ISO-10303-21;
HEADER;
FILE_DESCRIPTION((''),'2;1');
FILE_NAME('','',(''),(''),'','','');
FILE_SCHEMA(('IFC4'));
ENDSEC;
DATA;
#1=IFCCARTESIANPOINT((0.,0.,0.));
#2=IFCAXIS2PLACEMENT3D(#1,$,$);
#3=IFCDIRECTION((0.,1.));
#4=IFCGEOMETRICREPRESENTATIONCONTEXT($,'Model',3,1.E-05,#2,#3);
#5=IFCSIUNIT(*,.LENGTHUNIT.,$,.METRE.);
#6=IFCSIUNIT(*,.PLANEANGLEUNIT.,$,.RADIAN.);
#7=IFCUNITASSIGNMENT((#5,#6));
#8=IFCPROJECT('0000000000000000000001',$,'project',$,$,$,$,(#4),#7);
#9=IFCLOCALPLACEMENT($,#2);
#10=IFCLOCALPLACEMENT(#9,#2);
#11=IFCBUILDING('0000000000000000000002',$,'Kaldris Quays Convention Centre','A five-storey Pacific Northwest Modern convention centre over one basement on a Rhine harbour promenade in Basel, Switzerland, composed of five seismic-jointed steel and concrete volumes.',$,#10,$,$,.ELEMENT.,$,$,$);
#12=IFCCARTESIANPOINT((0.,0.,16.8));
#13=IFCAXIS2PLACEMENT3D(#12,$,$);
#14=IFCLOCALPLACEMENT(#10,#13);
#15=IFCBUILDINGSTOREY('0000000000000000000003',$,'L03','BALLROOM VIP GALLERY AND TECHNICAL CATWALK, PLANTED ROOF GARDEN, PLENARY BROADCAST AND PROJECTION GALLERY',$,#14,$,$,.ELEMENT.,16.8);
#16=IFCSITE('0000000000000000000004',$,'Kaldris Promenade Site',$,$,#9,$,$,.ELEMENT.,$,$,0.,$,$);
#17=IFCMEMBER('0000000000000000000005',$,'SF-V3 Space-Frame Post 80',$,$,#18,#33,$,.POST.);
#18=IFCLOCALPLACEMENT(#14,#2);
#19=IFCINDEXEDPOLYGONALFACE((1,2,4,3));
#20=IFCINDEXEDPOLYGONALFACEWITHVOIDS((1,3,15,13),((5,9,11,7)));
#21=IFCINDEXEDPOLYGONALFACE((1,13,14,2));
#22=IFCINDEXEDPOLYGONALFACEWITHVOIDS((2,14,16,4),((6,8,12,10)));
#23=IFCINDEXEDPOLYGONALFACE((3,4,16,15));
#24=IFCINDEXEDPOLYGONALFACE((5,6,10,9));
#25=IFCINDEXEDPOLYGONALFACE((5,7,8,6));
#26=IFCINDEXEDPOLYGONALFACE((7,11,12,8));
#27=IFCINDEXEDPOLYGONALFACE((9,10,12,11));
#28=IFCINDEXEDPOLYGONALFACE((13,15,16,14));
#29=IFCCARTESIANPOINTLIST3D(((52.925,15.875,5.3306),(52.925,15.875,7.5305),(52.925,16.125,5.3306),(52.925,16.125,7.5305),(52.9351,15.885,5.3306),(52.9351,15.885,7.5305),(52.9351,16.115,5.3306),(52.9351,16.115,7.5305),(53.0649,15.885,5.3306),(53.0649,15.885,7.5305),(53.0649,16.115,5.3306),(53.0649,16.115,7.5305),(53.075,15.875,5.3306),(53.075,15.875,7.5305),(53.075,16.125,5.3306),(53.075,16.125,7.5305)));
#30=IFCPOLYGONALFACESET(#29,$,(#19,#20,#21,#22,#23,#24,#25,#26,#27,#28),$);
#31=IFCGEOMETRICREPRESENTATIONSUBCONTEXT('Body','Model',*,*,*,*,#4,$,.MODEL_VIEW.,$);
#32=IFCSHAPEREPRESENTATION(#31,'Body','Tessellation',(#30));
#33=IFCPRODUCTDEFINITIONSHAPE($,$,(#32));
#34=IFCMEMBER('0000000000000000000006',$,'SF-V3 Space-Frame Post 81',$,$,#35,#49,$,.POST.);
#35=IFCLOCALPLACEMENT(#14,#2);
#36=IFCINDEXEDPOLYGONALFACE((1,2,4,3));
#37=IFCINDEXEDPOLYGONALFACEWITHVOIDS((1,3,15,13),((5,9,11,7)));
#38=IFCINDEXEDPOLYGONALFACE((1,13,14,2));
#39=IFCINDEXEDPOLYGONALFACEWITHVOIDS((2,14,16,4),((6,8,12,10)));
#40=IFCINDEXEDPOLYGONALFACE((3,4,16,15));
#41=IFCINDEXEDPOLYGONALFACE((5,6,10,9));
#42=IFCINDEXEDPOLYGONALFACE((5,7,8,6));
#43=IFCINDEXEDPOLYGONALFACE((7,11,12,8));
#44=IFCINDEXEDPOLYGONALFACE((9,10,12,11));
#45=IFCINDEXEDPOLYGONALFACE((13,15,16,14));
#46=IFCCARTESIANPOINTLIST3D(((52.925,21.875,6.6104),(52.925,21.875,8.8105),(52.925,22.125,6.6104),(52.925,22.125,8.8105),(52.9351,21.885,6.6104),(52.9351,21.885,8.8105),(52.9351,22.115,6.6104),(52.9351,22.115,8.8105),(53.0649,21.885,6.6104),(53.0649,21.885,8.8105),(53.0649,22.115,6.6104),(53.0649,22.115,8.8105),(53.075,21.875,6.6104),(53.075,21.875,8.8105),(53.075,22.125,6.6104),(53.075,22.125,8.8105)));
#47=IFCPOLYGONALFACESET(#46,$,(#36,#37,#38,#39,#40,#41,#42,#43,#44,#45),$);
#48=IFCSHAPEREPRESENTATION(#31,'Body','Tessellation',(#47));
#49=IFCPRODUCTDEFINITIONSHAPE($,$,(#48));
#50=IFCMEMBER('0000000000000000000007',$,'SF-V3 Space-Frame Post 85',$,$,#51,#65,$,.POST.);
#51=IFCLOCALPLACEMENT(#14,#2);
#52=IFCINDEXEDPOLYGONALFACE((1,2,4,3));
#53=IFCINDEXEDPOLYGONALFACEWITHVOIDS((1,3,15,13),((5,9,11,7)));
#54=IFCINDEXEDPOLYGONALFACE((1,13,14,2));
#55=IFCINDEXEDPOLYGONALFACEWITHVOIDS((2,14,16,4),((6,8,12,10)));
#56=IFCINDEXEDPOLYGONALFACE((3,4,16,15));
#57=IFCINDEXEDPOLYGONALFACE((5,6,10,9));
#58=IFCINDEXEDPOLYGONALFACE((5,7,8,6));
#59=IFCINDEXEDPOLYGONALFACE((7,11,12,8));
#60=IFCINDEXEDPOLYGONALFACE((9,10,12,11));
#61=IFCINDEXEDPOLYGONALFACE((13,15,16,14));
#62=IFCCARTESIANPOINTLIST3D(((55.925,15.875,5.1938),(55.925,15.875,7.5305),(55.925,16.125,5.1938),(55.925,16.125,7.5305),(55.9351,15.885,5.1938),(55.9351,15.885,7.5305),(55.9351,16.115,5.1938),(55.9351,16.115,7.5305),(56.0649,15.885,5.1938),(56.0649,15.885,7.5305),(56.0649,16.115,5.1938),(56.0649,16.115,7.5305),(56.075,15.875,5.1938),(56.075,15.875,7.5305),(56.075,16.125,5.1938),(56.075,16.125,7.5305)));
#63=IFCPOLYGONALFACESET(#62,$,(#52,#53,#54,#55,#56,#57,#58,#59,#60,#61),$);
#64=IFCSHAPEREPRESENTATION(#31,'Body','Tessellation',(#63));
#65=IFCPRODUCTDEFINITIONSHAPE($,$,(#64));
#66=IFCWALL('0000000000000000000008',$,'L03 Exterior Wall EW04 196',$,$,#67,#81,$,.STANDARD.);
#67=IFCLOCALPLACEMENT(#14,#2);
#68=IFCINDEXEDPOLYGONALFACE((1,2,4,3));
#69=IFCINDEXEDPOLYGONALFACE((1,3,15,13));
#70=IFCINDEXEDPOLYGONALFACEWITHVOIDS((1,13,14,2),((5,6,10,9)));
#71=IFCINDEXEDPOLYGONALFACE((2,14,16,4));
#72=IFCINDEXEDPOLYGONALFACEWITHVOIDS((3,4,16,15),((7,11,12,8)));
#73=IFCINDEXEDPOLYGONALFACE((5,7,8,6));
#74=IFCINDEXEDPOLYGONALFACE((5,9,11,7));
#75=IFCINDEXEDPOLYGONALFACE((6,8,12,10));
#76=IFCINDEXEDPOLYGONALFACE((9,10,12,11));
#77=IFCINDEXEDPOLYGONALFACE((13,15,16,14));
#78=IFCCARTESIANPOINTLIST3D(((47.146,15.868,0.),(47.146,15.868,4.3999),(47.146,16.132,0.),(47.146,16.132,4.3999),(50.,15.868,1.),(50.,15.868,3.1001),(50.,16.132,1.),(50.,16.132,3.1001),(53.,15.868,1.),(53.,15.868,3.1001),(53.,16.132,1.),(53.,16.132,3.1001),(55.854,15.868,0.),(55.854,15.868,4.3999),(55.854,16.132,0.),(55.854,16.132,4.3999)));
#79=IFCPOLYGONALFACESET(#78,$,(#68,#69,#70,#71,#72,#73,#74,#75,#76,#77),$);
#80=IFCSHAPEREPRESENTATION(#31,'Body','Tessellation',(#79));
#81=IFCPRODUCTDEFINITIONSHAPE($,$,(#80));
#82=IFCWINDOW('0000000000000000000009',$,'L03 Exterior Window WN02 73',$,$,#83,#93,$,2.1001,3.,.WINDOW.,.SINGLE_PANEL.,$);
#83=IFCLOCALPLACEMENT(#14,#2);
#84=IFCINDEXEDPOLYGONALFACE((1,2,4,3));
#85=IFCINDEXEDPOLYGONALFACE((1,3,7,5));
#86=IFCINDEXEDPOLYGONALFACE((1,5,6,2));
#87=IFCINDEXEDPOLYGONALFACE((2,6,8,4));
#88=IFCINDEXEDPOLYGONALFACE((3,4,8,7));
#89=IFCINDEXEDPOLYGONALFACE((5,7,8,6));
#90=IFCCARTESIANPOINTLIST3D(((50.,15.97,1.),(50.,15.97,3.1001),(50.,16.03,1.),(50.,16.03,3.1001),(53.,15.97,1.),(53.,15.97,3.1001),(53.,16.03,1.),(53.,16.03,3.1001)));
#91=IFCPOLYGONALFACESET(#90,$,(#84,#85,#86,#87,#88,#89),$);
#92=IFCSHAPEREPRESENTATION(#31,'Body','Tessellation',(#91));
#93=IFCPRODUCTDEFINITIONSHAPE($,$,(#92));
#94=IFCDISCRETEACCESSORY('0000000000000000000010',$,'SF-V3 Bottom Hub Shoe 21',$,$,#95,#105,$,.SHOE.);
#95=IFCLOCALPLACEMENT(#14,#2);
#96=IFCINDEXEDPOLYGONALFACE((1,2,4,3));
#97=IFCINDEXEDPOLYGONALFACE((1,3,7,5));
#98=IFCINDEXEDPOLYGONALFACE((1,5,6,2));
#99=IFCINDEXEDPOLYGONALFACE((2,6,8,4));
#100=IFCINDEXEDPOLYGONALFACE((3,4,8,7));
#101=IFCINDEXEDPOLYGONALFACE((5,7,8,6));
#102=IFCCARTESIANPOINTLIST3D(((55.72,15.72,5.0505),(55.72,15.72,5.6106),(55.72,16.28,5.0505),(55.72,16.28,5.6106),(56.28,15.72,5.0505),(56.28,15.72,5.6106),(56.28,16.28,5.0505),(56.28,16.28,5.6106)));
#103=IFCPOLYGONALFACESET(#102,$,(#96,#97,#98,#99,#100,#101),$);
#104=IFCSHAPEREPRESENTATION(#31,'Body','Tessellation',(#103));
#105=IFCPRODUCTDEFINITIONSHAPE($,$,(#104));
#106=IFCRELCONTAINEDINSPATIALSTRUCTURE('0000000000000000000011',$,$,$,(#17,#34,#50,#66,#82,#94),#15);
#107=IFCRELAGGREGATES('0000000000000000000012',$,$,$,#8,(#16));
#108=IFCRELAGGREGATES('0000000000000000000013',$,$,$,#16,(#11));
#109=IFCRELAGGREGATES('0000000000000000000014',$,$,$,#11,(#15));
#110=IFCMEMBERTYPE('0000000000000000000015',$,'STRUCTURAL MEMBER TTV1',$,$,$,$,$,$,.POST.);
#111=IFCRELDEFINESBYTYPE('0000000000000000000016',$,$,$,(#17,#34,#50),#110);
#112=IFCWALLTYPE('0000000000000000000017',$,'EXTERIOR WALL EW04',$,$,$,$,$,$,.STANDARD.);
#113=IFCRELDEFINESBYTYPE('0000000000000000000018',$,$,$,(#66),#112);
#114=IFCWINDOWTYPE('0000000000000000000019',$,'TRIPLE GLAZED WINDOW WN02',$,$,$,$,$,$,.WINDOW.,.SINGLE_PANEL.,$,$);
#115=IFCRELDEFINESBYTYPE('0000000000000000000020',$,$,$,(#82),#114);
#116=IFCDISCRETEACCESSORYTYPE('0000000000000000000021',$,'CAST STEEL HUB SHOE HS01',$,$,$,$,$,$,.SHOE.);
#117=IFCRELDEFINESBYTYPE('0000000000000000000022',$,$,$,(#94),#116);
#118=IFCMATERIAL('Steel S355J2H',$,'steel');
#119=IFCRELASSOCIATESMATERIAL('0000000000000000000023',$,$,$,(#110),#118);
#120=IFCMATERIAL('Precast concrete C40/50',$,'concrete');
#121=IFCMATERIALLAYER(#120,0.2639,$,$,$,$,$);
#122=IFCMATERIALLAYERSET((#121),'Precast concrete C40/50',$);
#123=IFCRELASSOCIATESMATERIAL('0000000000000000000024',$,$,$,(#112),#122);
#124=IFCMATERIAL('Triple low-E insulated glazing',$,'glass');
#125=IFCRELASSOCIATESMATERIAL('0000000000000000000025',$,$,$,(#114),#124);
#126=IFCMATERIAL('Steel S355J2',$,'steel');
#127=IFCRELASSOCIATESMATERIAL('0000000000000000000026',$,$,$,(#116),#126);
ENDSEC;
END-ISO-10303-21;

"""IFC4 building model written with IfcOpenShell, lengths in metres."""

from ifc_helpers import new_model, si_unit, direction, frame, frame_2d, origin, origin_2d, place, context, subcontext, project, spatial, rectangle, hollow_rectangle, extrude, material, layer, layer_set, material_profile, profile_set, type_object, element, fill, save


model = new_model("IFC4")

# Units and contexts
model_context = context("Model", 3, precision=1e-05, world=origin(), true_north=direction((0.0, 1.0)))
body_context = subcontext(model_context, "Body", "Model", "MODEL_VIEW")
ifc_project = project(units=[si_unit("LENGTHUNIT", "METRE"), si_unit("PLANEANGLEUNIT", "RADIAN")], contexts=[model_context])

# Site, building, storey
site_placement = place(None, origin())
site = spatial("IfcSite", under=ifc_project, at=site_placement, Name="Kaldris Promenade Site", CompositionType="ELEMENT", RefElevation=0.0)
building_placement = place(site_placement, origin())
building = spatial("IfcBuilding", under=site, at=building_placement, Name="Kaldris Quays Convention Centre", Description="A five-storey Pacific Northwest Modern convention centre over one basement on a Rhine harbour promenade in Basel, Switzerland, composed of five seismic-jointed steel and concrete volumes.", CompositionType="ELEMENT")
storey_placement = place(building_placement, frame((0.0, 0.0, 16.8)))
storey = spatial("IfcBuildingStorey", under=building, at=storey_placement, Name="L03", Description="BALLROOM VIP GALLERY AND TECHNICAL CATWALK, PLANTED ROOF GARDEN, PLENARY BROADCAST AND PROJECTION GALLERY", CompositionType="ELEMENT", Elevation=16.8)

# Shared definitions
ifc_material_1 = material(Name="Steel S355J2", Category="steel")

# Members
ifc_material_2 = material(Name="Steel S355J2H", Category="steel")
ifc_material_profile_1 = material_profile(ifc_material_2, hollow_rectangle(XDim=0.1499, YDim=0.25, WallThickness=0.01, at=origin_2d()), Name="RHS 250x150x10")
ifc_profile_set_1 = profile_set([ifc_material_profile_1], Name="Steel S355J2H")
member_type_1 = type_object("IfcMemberType", Name="STRUCTURAL MEMBER TTV1", PredefinedType="POST", material=ifc_profile_set_1)
member_1_placement = place(storey_placement, frame((53.0, 16.0, 5.3306), z_axis=(0.0, 0.0, 1.0), x_axis=(1.0, 0.0, 0.0)))
element("IfcMember", 1, at=member_1_placement, inside=storey, type_object=member_type_1, Name="SF-V3 Space-Frame Post 80", PredefinedType="POST", context=body_context, shape_type="SweptSolid", body=[
    extrude(hollow_rectangle(XDim=0.1499, YDim=0.25, WallThickness=0.01, at=origin_2d()), origin(), (0.0, 0.0, 1.0), 2.2),
])
member_2_placement = place(storey_placement, frame((53.0, 22.0, 6.6104), z_axis=(0.0, 0.0, 1.0), x_axis=(1.0, 0.0, 0.0)))
element("IfcMember", 2, at=member_2_placement, inside=storey, type_object=member_type_1, Name="SF-V3 Space-Frame Post 81", PredefinedType="POST", context=body_context, shape_type="SweptSolid", body=[
    extrude(hollow_rectangle(XDim=0.1499, YDim=0.25, WallThickness=0.01, at=origin_2d()), origin(), (0.0, 0.0, 1.0), 2.2002),
])
member_3_placement = place(storey_placement, frame((56.0, 16.0, 5.1938), z_axis=(0.0, 0.0, 1.0), x_axis=(1.0, 0.0, 0.0)))
element("IfcMember", 3, at=member_3_placement, inside=storey, type_object=member_type_1, Name="SF-V3 Space-Frame Post 85", PredefinedType="POST", context=body_context, shape_type="SweptSolid", body=[
    extrude(hollow_rectangle(XDim=0.1499, YDim=0.25, WallThickness=0.01, at=origin_2d()), origin(), (0.0, 0.0, 1.0), 2.3367),
])

# Wall, opening, window
ifc_material_3 = material(Name="Precast concrete C40/50", Category="concrete")
ifc_layer = layer(ifc_material_3, 0.2639)
ifc_layer_set = layer_set([ifc_layer], Name="Precast concrete C40/50")
wall_type = type_object("IfcWallType", Name="EXTERIOR WALL EW04", PredefinedType="STANDARD", material=ifc_layer_set)
wall_placement = place(storey_placement, frame((47.146, 16.0, 0.0), z_axis=(0.0, 0.0, 1.0), x_axis=(1.0, 0.0, 0.0)))
wall = element("IfcWall", 4, at=wall_placement, inside=storey, type_object=wall_type, Name="L03 Exterior Wall EW04 196", PredefinedType="STANDARD", context=body_context, shape_type="SweptSolid", body=[
    extrude(rectangle(XDim=8.708, YDim=0.2639, at=frame_2d((4.354, 0.0))), origin(), (0.0, 0.0, 1.0), 4.3999),
])
opening_placement = place(wall_placement, frame((2.854, 0.0, 1.0)))
opening = element("IfcOpeningElement", 5, at=opening_placement, cuts=wall, PredefinedType="OPENING", context=body_context, shape_type="SweptSolid", body=[
    extrude(rectangle(XDim=3.0, YDim=2.1001, at=frame_2d((1.5, 1.05))), frame((0.0, 0.1421, 0.0), z_axis=(0.0, -1.0, 0.0), x_axis=(1.0, 0.0, 0.0)), (0.0, 0.0, 1.0), 0.2839),
])
ifc_material_4 = material(Name="Triple low-E insulated glazing", Category="glass")
window_type = type_object("IfcWindowType", Name="TRIPLE GLAZED WINDOW WN02", PartitioningType="SINGLE_PANEL", PredefinedType="WINDOW", material=ifc_material_4)
window_placement = place(opening_placement, origin())
window = element("IfcWindow", 6, at=window_placement, inside=storey, type_object=window_type, Name="L03 Exterior Window WN02 73", OverallHeight=2.1001, OverallWidth=3.0, PartitioningType="SINGLE_PANEL", PredefinedType="WINDOW", context=body_context, shape_type="SweptSolid", body=[
    extrude(rectangle(XDim=3.0, YDim=2.1001, at=frame_2d((1.5, 1.05))), frame((0.0, 0.03, 0.0), z_axis=(0.0, -1.0, 0.0), x_axis=(1.0, 0.0, 0.0)), (0.0, 0.0, 1.0), 0.0601),
])
fill(opening, window)

# Discrete accessory
discrete_accessory_type = type_object("IfcDiscreteAccessoryType", Name="CAST STEEL HUB SHOE HS01", PredefinedType="SHOE", material=ifc_material_1)
discrete_accessory_placement = place(storey_placement, frame((56.0, 16.0, 5.0505), z_axis=(0.0, 0.0, 1.0), x_axis=(1.0, 0.0, 0.0)))
element("IfcDiscreteAccessory", 7, at=discrete_accessory_placement, inside=storey, type_object=discrete_accessory_type, Name="SF-V3 Bottom Hub Shoe 21", PredefinedType="SHOE", context=body_context, shape_type="SweptSolid", body=[
    extrude(rectangle(XDim=0.5601, YDim=0.5601, at=origin_2d()), origin(), (0.0, 0.0, 1.0), 0.5601),
])

save(model, "model.ifc")
